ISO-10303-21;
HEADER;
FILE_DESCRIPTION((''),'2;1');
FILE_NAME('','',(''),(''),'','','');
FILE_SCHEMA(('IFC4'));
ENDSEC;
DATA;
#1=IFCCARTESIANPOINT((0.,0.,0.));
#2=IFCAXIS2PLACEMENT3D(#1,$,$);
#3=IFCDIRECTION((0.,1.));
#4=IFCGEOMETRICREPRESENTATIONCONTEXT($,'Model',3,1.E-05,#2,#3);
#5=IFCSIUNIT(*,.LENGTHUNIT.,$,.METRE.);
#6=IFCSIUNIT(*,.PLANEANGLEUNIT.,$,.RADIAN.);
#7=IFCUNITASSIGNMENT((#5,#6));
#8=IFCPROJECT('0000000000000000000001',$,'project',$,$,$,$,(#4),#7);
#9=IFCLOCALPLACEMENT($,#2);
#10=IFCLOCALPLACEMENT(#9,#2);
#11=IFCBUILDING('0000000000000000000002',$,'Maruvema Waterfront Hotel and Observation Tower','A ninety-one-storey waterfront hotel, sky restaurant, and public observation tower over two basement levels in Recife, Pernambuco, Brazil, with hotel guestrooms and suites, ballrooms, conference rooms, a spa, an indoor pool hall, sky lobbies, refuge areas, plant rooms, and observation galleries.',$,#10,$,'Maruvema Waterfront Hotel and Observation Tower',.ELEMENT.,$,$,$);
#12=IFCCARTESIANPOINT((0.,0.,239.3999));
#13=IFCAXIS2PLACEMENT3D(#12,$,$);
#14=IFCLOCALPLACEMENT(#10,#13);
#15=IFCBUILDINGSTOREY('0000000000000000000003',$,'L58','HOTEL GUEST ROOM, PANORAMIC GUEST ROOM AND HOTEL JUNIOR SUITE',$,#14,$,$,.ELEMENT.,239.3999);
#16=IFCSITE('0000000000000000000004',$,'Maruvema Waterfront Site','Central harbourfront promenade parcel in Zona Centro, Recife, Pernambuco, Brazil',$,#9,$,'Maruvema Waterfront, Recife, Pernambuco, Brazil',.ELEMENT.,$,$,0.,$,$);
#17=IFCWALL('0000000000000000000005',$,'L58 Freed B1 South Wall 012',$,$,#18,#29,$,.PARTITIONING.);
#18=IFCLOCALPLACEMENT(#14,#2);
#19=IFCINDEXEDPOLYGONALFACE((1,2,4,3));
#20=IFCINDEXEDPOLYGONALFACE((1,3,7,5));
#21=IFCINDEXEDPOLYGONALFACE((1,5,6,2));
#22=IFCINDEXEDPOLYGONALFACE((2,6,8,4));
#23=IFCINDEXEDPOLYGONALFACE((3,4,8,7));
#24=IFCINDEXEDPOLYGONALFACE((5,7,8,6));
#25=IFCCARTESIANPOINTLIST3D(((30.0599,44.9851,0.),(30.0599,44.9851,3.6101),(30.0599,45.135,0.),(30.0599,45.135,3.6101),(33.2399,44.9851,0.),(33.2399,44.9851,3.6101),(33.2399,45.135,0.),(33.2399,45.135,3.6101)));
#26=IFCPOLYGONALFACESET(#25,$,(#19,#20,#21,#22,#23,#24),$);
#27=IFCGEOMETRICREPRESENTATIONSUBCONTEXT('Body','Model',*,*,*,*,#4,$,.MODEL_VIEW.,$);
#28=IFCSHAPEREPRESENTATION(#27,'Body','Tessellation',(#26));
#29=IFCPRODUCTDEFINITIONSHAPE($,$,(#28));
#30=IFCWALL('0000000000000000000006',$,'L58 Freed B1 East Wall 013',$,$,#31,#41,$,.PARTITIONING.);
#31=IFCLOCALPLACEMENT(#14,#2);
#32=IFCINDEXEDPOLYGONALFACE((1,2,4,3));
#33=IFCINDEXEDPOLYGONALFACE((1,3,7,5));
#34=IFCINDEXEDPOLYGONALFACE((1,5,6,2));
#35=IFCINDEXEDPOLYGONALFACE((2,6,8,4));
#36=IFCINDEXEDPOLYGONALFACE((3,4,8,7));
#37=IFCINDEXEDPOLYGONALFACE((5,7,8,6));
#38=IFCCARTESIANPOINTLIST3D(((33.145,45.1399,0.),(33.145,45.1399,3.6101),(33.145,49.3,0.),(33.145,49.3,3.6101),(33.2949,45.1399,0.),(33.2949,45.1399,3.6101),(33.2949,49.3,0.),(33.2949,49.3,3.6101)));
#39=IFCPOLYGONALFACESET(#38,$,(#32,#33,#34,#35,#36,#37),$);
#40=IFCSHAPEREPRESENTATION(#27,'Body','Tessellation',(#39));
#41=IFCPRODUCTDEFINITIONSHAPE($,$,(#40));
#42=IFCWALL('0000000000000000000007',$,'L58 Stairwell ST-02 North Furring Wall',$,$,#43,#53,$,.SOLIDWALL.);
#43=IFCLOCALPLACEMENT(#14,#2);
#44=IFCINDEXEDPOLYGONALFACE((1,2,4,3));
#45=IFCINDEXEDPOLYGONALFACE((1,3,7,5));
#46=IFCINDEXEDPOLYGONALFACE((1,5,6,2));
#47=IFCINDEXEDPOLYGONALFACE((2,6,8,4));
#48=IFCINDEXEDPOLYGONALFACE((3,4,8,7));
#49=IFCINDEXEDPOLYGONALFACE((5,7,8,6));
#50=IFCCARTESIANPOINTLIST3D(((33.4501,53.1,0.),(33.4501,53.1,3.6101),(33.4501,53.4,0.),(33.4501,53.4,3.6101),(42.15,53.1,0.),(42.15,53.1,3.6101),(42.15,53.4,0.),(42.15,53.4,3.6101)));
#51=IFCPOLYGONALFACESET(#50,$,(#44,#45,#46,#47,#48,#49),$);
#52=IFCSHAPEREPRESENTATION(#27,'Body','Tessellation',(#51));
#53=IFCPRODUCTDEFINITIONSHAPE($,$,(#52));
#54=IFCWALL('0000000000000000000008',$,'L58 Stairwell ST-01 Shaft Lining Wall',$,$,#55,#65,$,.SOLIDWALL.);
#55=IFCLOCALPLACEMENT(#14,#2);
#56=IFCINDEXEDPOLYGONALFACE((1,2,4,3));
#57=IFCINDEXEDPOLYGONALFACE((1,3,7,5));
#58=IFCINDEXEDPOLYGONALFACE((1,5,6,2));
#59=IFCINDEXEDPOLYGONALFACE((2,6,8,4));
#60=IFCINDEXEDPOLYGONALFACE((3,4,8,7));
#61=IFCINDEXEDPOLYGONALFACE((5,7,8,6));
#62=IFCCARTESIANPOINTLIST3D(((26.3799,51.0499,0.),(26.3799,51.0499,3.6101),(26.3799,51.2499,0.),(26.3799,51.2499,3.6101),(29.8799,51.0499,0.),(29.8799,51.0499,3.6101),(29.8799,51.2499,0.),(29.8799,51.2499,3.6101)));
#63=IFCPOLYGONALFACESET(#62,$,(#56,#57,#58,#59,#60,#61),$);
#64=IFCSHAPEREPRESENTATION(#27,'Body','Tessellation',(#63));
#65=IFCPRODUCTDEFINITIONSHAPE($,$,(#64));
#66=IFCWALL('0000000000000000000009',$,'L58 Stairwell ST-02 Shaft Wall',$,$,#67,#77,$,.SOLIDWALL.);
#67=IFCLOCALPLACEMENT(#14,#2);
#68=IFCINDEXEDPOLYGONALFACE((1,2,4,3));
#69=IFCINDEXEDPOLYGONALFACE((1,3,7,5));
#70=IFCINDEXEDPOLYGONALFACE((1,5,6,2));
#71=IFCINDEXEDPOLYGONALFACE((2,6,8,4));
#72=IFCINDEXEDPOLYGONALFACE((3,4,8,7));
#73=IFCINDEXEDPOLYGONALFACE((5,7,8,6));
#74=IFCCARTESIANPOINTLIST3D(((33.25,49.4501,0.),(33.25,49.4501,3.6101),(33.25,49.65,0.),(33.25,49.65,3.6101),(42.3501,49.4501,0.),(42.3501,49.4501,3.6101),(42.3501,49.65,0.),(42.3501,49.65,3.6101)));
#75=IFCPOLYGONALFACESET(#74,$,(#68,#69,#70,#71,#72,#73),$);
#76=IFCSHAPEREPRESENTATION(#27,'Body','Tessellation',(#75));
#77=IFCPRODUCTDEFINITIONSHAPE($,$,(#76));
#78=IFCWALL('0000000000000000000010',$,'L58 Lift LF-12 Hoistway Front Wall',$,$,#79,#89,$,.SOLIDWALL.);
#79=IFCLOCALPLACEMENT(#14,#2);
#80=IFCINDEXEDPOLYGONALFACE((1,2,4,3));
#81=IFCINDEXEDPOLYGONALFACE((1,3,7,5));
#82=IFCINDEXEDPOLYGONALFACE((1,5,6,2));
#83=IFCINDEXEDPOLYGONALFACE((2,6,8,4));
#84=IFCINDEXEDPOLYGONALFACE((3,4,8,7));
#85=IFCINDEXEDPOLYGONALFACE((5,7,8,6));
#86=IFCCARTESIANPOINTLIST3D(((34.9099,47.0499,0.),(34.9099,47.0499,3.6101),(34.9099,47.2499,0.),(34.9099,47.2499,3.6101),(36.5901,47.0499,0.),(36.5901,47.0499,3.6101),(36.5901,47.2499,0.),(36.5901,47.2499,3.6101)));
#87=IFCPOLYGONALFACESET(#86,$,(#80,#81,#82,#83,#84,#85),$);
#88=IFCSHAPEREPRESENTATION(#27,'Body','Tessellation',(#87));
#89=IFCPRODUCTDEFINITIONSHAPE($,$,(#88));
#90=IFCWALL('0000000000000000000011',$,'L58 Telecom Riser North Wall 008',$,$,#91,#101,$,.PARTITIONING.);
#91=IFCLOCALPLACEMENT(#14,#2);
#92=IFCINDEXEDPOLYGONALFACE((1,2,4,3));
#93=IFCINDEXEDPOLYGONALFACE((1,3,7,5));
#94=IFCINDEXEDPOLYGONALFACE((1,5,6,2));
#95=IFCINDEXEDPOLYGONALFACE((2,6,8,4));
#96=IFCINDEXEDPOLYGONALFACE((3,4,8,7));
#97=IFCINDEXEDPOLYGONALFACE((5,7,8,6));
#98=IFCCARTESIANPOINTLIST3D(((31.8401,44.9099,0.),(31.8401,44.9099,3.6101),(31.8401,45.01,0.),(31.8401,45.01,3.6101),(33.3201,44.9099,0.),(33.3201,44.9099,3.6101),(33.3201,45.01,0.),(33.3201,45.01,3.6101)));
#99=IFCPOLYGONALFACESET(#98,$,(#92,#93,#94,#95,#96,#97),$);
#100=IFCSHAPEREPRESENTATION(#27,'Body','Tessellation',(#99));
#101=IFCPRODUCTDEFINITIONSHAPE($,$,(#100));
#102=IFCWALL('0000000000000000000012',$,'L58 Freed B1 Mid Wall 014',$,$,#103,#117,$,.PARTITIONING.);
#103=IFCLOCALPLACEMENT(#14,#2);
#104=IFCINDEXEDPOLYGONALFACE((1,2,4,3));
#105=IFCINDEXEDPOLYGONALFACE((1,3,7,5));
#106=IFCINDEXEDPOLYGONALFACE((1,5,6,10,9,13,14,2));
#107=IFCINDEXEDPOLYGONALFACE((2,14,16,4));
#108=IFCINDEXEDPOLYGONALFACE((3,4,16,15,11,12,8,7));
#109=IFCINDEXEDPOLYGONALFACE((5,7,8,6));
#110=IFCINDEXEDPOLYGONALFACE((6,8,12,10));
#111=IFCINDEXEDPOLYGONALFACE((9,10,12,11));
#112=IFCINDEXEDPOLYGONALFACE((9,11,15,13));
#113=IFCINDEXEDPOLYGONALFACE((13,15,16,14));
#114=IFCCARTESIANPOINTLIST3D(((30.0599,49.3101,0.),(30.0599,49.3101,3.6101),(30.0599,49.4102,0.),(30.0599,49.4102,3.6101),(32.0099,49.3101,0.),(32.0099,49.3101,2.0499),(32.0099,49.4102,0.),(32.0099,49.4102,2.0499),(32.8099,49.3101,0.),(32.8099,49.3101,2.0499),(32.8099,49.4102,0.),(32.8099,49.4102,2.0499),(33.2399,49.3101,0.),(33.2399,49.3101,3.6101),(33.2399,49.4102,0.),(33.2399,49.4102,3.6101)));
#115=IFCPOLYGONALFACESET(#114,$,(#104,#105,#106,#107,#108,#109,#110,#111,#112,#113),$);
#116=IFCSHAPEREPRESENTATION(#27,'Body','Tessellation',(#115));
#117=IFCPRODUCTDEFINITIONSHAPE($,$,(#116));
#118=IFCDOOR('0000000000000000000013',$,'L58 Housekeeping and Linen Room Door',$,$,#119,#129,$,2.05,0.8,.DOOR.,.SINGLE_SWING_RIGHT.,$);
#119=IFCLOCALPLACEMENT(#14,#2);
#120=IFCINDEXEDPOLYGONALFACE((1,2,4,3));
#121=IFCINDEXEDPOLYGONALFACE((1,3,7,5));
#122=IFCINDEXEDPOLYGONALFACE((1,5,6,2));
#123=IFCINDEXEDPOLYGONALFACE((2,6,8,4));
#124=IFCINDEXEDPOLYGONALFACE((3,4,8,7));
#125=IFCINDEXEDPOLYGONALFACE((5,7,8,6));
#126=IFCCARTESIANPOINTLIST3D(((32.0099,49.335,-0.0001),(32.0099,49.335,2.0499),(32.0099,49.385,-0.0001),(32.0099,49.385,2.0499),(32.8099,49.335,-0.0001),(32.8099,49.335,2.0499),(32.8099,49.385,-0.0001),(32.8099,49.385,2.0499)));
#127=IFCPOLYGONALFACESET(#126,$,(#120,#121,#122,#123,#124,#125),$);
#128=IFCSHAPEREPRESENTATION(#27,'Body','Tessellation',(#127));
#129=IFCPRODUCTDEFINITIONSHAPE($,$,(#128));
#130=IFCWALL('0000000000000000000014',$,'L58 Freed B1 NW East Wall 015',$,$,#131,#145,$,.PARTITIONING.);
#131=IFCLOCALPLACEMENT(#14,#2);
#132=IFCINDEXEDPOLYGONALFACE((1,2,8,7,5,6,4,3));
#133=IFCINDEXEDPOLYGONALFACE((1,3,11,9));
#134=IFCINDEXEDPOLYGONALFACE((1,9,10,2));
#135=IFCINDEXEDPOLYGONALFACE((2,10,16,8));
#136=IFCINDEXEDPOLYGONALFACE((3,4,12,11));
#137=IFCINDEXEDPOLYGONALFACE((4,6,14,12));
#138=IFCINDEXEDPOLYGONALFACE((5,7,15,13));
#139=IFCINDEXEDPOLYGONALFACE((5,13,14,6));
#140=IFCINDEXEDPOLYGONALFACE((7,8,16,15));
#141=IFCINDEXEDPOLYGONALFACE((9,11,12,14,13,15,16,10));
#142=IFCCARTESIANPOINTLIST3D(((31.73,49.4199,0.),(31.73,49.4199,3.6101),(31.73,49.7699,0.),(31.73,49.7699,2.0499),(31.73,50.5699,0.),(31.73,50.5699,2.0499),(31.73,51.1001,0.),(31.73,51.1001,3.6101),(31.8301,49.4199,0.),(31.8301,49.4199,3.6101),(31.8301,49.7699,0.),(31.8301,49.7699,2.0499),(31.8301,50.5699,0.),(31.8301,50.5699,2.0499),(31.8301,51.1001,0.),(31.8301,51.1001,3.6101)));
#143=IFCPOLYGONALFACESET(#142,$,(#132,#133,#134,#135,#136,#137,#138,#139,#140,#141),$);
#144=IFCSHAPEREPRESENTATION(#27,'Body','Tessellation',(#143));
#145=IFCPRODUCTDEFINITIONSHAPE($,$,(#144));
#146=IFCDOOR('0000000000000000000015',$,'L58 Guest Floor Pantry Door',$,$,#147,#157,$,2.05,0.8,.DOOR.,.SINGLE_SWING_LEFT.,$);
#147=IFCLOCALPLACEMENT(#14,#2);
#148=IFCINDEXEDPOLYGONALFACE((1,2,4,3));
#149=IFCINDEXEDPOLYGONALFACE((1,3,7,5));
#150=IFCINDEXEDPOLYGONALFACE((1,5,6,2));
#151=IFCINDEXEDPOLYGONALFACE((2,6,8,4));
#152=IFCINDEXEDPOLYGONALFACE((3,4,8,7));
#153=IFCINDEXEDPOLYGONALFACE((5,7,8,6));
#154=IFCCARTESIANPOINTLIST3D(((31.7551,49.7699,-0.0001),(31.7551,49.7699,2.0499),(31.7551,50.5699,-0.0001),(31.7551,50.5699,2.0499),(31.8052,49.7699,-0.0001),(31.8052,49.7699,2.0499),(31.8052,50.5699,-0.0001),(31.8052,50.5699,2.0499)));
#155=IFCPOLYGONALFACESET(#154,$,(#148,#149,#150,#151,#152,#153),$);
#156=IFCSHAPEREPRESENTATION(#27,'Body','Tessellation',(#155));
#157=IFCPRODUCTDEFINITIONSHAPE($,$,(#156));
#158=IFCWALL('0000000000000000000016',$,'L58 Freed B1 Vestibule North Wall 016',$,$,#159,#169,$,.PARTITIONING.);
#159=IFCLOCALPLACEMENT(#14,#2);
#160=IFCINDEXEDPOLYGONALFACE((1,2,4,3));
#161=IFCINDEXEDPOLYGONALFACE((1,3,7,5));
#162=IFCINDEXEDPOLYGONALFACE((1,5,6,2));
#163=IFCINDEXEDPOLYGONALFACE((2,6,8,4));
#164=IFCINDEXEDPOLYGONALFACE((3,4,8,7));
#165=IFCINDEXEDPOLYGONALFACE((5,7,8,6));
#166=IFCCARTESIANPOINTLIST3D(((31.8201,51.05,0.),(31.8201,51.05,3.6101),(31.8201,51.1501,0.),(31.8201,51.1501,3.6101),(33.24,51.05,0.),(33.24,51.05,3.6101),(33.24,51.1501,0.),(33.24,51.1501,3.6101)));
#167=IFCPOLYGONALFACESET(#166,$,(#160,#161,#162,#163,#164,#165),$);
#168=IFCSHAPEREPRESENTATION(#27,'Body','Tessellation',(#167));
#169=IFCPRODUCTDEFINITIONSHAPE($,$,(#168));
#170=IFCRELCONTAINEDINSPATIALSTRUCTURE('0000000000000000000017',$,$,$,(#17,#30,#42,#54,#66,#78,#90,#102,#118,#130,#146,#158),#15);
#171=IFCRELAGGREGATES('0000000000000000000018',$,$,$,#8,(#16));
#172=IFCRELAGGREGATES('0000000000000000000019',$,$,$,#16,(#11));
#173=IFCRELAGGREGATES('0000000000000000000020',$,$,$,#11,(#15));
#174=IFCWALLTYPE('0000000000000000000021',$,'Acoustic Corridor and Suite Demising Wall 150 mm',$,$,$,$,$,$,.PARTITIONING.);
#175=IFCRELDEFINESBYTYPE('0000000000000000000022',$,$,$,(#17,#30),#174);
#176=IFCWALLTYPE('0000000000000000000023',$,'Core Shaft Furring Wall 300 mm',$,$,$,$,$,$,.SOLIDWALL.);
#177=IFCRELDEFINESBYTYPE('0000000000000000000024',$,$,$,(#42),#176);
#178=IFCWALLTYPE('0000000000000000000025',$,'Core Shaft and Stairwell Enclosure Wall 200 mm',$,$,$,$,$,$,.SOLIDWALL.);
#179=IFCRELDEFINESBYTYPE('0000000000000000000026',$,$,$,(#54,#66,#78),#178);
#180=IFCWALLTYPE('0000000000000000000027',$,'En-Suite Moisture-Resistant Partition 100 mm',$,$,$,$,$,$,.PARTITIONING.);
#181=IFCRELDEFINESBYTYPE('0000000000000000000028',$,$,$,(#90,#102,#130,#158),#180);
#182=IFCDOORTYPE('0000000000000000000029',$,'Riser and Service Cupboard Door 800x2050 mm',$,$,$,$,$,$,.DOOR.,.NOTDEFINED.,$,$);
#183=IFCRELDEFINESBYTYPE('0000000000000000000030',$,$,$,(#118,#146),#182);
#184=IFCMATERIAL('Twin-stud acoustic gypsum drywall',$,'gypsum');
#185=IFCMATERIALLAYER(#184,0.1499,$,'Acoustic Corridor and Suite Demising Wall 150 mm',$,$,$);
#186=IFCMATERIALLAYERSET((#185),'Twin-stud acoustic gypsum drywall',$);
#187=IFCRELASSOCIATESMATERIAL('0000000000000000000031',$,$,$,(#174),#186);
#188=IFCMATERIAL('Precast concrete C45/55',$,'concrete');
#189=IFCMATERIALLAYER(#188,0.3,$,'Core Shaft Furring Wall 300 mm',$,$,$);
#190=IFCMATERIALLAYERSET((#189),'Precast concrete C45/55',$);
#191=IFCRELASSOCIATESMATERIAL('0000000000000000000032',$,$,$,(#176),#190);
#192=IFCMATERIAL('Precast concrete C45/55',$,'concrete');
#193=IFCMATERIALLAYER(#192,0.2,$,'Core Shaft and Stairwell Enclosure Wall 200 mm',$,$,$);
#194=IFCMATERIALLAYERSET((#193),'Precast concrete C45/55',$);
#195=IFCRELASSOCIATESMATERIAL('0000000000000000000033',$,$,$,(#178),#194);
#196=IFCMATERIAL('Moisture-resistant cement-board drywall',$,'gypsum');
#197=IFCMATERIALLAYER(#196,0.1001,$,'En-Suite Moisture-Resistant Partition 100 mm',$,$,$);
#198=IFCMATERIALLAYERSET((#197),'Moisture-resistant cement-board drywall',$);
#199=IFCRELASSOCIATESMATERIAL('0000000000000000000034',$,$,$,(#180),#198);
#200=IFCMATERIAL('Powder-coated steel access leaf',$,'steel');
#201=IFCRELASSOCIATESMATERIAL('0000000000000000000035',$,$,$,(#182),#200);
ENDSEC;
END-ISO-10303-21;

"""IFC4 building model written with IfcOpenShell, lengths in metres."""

from ifc_helpers import new_model, si_unit, direction, frame, frame_2d, origin, place, context, subcontext, project, spatial, rectangle, extrude, material, layer, layer_set, type_object, element, fill, save


model = new_model("IFC4")

# Units and contexts
model_context = context("Model", 3, precision=1e-05, world=origin(), true_north=direction((0.0, 1.0)))
body_context = subcontext(model_context, "Body", "Model", "MODEL_VIEW")
ifc_project = project(units=[si_unit("LENGTHUNIT", "METRE"), si_unit("PLANEANGLEUNIT", "RADIAN")], contexts=[model_context])

# Site, building, storey
site_placement = place(None, origin())
site = spatial("IfcSite", under=ifc_project, at=site_placement, Name="Maruvema Waterfront Site", Description="Central harbourfront promenade parcel in Zona Centro, Recife, Pernambuco, Brazil", LongName="Maruvema Waterfront, Recife, Pernambuco, Brazil", CompositionType="ELEMENT", RefElevation=0.0)
building_placement = place(site_placement, origin())
building = spatial("IfcBuilding", under=site, at=building_placement, Name="Maruvema Waterfront Hotel and Observation Tower", Description="A ninety-one-storey waterfront hotel, sky restaurant, and public observation tower over two basement levels in Recife, Pernambuco, Brazil, with hotel guestrooms and suites, ballrooms, conference rooms, a spa, an indoor pool hall, sky lobbies, refuge areas, plant rooms, and observation galleries.", LongName="Maruvema Waterfront Hotel and Observation Tower", CompositionType="ELEMENT")
storey_placement = place(building_placement, frame((0.0, 0.0, 239.3999)))
storey = spatial("IfcBuildingStorey", under=building, at=storey_placement, Name="L58", Description="HOTEL GUEST ROOM, PANORAMIC GUEST ROOM AND HOTEL JUNIOR SUITE", CompositionType="ELEMENT", Elevation=239.3999)

# Walls
ifc_material_1 = material(Name="Twin-stud acoustic gypsum drywall", Category="gypsum")
ifc_layer_1 = layer(ifc_material_1, 0.1499, Name="Acoustic Corridor and Suite Demising Wall 150 mm")
ifc_layer_set_1 = layer_set([ifc_layer_1], Name="Twin-stud acoustic gypsum drywall")
wall_type_1 = type_object("IfcWallType", Name="Acoustic Corridor and Suite Demising Wall 150 mm", PredefinedType="PARTITIONING", material=ifc_layer_set_1)
wall_1_placement = place(storey_placement, frame((30.0601, 45.0601, 0.0), z_axis=(0.0, 0.0, 1.0), x_axis=(1.0, 0.0, 0.0)))
element("IfcWall", 1, at=wall_1_placement, inside=storey, type_object=wall_type_1, Name="L58 Freed B1 South Wall 012", PredefinedType="PARTITIONING", context=body_context, shape_type="SweptSolid", body=[
    extrude(rectangle(XDim=3.1799, YDim=0.1499, at=frame_2d((1.5898, 0.0))), origin(), (0.0, 0.0, 1.0), 3.6101),
])
wall_2_placement = place(storey_placement, frame((33.22, 45.1399, 0.0), z_axis=(0.0, 0.0, 1.0), x_axis=(0.0, 1.0, 0.0)))
element("IfcWall", 2, at=wall_2_placement, inside=storey, type_object=wall_type_1, Name="L58 Freed B1 East Wall 013", PredefinedType="PARTITIONING", context=body_context, shape_type="SweptSolid", body=[
    extrude(rectangle(XDim=4.1602, YDim=0.1499, at=frame_2d((2.0801, 0.0))), origin(), (0.0, 0.0, 1.0), 3.6101),
])
ifc_material_2 = material(Name="Precast concrete C45/55", Category="concrete")
ifc_layer_2 = layer(ifc_material_2, 0.3, Name="Core Shaft Furring Wall 300 mm")
ifc_layer_set_2 = layer_set([ifc_layer_2], Name="Precast concrete C45/55")
wall_type_2 = type_object("IfcWallType", Name="Core Shaft Furring Wall 300 mm", PredefinedType="SOLIDWALL", material=ifc_layer_set_2)
wall_3_placement = place(storey_placement, frame((33.45, 53.25, 0.0), z_axis=(0.0, 0.0, 1.0), x_axis=(1.0, 0.0, 0.0)))
element("IfcWall", 3, at=wall_3_placement, inside=storey, type_object=wall_type_2, Name="L58 Stairwell ST-02 North Furring Wall", PredefinedType="SOLIDWALL", context=body_context, shape_type="SweptSolid", body=[
    extrude(rectangle(XDim=8.7, YDim=0.3, at=frame_2d((4.3501, 0.0))), origin(), (0.0, 0.0, 1.0), 3.6101),
])
ifc_material_3 = material(Name="Precast concrete C45/55", Category="concrete")
ifc_layer_3 = layer(ifc_material_3, 0.2, Name="Core Shaft and Stairwell Enclosure Wall 200 mm")
ifc_layer_set_3 = layer_set([ifc_layer_3], Name="Precast concrete C45/55")
wall_type_3 = type_object("IfcWallType", Name="Core Shaft and Stairwell Enclosure Wall 200 mm", PredefinedType="SOLIDWALL", material=ifc_layer_set_3)
wall_4_placement = place(storey_placement, frame((26.3799, 51.1499, 0.0), z_axis=(0.0, 0.0, 1.0), x_axis=(1.0, 0.0, 0.0)))
element("IfcWall", 4, at=wall_4_placement, inside=storey, type_object=wall_type_3, Name="L58 Stairwell ST-01 Shaft Lining Wall", PredefinedType="SOLIDWALL", context=body_context, shape_type="SweptSolid", body=[
    extrude(rectangle(XDim=3.5, YDim=0.2, at=frame_2d((1.75, 0.0))), origin(), (0.0, 0.0, 1.0), 3.6101),
])
wall_5_placement = place(storey_placement, frame((33.25, 49.55, 0.0), z_axis=(0.0, 0.0, 1.0), x_axis=(1.0, 0.0, 0.0)))
element("IfcWall", 5, at=wall_5_placement, inside=storey, type_object=wall_type_3, Name="L58 Stairwell ST-02 Shaft Wall", PredefinedType="SOLIDWALL", context=body_context, shape_type="SweptSolid", body=[
    extrude(rectangle(XDim=9.1001, YDim=0.2, at=frame_2d((4.55, 0.0))), origin(), (0.0, 0.0, 1.0), 3.6101),
])

# Walls
wall_6_placement = place(storey_placement, frame((34.9099, 47.1499, 0.0), z_axis=(0.0, 0.0, 1.0), x_axis=(1.0, 0.0, 0.0)))
element("IfcWall", 6, at=wall_6_placement, inside=storey, type_object=wall_type_3, Name="L58 Lift LF-12 Hoistway Front Wall", PredefinedType="SOLIDWALL", context=body_context, shape_type="SweptSolid", body=[
    extrude(rectangle(XDim=1.6802, YDim=0.2, at=frame_2d((0.8401, 0.0))), origin(), (0.0, 0.0, 1.0), 3.6101),
])
ifc_material_4 = material(Name="Moisture-resistant cement-board drywall", Category="gypsum")
ifc_layer_4 = layer(ifc_material_4, 0.1001, Name="En-Suite Moisture-Resistant Partition 100 mm")
ifc_layer_set_4 = layer_set([ifc_layer_4], Name="Moisture-resistant cement-board drywall")
wall_type_4 = type_object("IfcWallType", Name="En-Suite Moisture-Resistant Partition 100 mm", PredefinedType="PARTITIONING", material=ifc_layer_set_4)
wall_7_placement = place(storey_placement, frame((31.8401, 44.96, 0.0), z_axis=(0.0, 0.0, 1.0), x_axis=(1.0, 0.0, 0.0)))
element("IfcWall", 7, at=wall_7_placement, inside=storey, type_object=wall_type_4, Name="L58 Telecom Riser North Wall 008", PredefinedType="PARTITIONING", context=body_context, shape_type="SweptSolid", body=[
    extrude(rectangle(XDim=1.48, YDim=0.1001, at=frame_2d((0.74, 0.0))), origin(), (0.0, 0.0, 1.0), 3.6101),
])

# Walls, openings, doors
wall_8_placement = place(storey_placement, frame((30.0601, 49.3601, 0.0), z_axis=(0.0, 0.0, 1.0), x_axis=(1.0, 0.0, 0.0)))
wall_8 = element("IfcWall", 8, at=wall_8_placement, inside=storey, type_object=wall_type_4, Name="L58 Freed B1 Mid Wall 014", PredefinedType="PARTITIONING", context=body_context, shape_type="SweptSolid", body=[
    extrude(rectangle(XDim=3.1799, YDim=0.1001, at=frame_2d((1.5898, 0.0))), origin(), (0.0, 0.0, 1.0), 3.6101),
])
opening_1_placement = place(wall_8_placement, frame((1.95, 0.0, 0.0)))
opening_1 = element("IfcOpeningElement", 9, at=opening_1_placement, cuts=wall_8, PredefinedType="OPENING", context=body_context, shape_type="SweptSolid", body=[
    extrude(rectangle(XDim=0.8, YDim=2.05, at=frame_2d((0.3999, 1.0249))), frame((0.0, 0.0601, 0.0), z_axis=(0.0, -1.0, 0.0), x_axis=(1.0, 0.0, 0.0)), (0.0, 0.0, 1.0), 0.1201),
])
ifc_material_5 = material(Name="Powder-coated steel access leaf", Category="steel")
door_type_1 = type_object("IfcDoorType", Name="Riser and Service Cupboard Door 800x2050 mm", OperationType="NOTDEFINED", PredefinedType="DOOR", material=ifc_material_5)
door_1_placement = place(opening_1_placement, origin())
door_1 = element("IfcDoor", 10, at=door_1_placement, inside=storey, type_object=door_type_1, Name="L58 Housekeeping and Linen Room Door", OperationType="SINGLE_SWING_RIGHT", OverallHeight=2.05, OverallWidth=0.8, PredefinedType="DOOR", context=body_context, shape_type="SweptSolid", body=[
    extrude(rectangle(XDim=0.8, YDim=2.05, at=frame_2d((0.3999, 1.0249))), frame((0.0, 0.0249, 0.0), z_axis=(0.0, -1.0, 0.0), x_axis=(1.0, 0.0, 0.0)), (0.0, 0.0, 1.0), 0.05),
])
fill(opening_1, door_1)
wall_9_placement = place(storey_placement, frame((31.78, 49.4199, 0.0), z_axis=(0.0, 0.0, 1.0), x_axis=(0.0, 1.0, 0.0)))
wall_9 = element("IfcWall", 11, at=wall_9_placement, inside=storey, type_object=wall_type_4, Name="L58 Freed B1 NW East Wall 015", PredefinedType="PARTITIONING", context=body_context, shape_type="SweptSolid", body=[
    extrude(rectangle(XDim=1.6802, YDim=0.1001, at=frame_2d((0.8401, 0.0))), origin(), (0.0, 0.0, 1.0), 3.6101),
])
opening_2_placement = place(wall_9_placement, frame((0.3501, 0.0, 0.0)))
opening_2 = element("IfcOpeningElement", 12, at=opening_2_placement, cuts=wall_9, PredefinedType="OPENING", context=body_context, shape_type="SweptSolid", body=[
    extrude(rectangle(XDim=0.8, YDim=2.05, at=frame_2d((0.3999, 1.0249))), frame((0.0, 0.0601, 0.0), z_axis=(0.0, -1.0, 0.0), x_axis=(1.0, 0.0, 0.0)), (0.0, 0.0, 1.0), 0.1201),
])
door_2_placement = place(opening_2_placement, origin())
door_2 = element("IfcDoor", 13, at=door_2_placement, inside=storey, type_object=door_type_1, Name="L58 Guest Floor Pantry Door", OperationType="SINGLE_SWING_LEFT", OverallHeight=2.05, OverallWidth=0.8, PredefinedType="DOOR", context=body_context, shape_type="SweptSolid", body=[
    extrude(rectangle(XDim=0.8, YDim=2.05, at=frame_2d((0.3999, 1.0249))), frame((0.0, 0.0249, 0.0), z_axis=(0.0, -1.0, 0.0), x_axis=(1.0, 0.0, 0.0)), (0.0, 0.0, 1.0), 0.05),
])
fill(opening_2, door_2)

# Wall
wall_10_placement = place(storey_placement, frame((31.8201, 51.1001, 0.0), z_axis=(0.0, 0.0, 1.0), x_axis=(1.0, 0.0, 0.0)))
element("IfcWall", 14, at=wall_10_placement, inside=storey, type_object=wall_type_4, Name="L58 Freed B1 Vestibule North Wall 016", PredefinedType="PARTITIONING", context=body_context, shape_type="SweptSolid", body=[
    extrude(rectangle(XDim=1.4199, YDim=0.1001, at=frame_2d((0.71, 0.0))), origin(), (0.0, 0.0, 1.0), 3.6101),
])

save(model, "model.ifc")
